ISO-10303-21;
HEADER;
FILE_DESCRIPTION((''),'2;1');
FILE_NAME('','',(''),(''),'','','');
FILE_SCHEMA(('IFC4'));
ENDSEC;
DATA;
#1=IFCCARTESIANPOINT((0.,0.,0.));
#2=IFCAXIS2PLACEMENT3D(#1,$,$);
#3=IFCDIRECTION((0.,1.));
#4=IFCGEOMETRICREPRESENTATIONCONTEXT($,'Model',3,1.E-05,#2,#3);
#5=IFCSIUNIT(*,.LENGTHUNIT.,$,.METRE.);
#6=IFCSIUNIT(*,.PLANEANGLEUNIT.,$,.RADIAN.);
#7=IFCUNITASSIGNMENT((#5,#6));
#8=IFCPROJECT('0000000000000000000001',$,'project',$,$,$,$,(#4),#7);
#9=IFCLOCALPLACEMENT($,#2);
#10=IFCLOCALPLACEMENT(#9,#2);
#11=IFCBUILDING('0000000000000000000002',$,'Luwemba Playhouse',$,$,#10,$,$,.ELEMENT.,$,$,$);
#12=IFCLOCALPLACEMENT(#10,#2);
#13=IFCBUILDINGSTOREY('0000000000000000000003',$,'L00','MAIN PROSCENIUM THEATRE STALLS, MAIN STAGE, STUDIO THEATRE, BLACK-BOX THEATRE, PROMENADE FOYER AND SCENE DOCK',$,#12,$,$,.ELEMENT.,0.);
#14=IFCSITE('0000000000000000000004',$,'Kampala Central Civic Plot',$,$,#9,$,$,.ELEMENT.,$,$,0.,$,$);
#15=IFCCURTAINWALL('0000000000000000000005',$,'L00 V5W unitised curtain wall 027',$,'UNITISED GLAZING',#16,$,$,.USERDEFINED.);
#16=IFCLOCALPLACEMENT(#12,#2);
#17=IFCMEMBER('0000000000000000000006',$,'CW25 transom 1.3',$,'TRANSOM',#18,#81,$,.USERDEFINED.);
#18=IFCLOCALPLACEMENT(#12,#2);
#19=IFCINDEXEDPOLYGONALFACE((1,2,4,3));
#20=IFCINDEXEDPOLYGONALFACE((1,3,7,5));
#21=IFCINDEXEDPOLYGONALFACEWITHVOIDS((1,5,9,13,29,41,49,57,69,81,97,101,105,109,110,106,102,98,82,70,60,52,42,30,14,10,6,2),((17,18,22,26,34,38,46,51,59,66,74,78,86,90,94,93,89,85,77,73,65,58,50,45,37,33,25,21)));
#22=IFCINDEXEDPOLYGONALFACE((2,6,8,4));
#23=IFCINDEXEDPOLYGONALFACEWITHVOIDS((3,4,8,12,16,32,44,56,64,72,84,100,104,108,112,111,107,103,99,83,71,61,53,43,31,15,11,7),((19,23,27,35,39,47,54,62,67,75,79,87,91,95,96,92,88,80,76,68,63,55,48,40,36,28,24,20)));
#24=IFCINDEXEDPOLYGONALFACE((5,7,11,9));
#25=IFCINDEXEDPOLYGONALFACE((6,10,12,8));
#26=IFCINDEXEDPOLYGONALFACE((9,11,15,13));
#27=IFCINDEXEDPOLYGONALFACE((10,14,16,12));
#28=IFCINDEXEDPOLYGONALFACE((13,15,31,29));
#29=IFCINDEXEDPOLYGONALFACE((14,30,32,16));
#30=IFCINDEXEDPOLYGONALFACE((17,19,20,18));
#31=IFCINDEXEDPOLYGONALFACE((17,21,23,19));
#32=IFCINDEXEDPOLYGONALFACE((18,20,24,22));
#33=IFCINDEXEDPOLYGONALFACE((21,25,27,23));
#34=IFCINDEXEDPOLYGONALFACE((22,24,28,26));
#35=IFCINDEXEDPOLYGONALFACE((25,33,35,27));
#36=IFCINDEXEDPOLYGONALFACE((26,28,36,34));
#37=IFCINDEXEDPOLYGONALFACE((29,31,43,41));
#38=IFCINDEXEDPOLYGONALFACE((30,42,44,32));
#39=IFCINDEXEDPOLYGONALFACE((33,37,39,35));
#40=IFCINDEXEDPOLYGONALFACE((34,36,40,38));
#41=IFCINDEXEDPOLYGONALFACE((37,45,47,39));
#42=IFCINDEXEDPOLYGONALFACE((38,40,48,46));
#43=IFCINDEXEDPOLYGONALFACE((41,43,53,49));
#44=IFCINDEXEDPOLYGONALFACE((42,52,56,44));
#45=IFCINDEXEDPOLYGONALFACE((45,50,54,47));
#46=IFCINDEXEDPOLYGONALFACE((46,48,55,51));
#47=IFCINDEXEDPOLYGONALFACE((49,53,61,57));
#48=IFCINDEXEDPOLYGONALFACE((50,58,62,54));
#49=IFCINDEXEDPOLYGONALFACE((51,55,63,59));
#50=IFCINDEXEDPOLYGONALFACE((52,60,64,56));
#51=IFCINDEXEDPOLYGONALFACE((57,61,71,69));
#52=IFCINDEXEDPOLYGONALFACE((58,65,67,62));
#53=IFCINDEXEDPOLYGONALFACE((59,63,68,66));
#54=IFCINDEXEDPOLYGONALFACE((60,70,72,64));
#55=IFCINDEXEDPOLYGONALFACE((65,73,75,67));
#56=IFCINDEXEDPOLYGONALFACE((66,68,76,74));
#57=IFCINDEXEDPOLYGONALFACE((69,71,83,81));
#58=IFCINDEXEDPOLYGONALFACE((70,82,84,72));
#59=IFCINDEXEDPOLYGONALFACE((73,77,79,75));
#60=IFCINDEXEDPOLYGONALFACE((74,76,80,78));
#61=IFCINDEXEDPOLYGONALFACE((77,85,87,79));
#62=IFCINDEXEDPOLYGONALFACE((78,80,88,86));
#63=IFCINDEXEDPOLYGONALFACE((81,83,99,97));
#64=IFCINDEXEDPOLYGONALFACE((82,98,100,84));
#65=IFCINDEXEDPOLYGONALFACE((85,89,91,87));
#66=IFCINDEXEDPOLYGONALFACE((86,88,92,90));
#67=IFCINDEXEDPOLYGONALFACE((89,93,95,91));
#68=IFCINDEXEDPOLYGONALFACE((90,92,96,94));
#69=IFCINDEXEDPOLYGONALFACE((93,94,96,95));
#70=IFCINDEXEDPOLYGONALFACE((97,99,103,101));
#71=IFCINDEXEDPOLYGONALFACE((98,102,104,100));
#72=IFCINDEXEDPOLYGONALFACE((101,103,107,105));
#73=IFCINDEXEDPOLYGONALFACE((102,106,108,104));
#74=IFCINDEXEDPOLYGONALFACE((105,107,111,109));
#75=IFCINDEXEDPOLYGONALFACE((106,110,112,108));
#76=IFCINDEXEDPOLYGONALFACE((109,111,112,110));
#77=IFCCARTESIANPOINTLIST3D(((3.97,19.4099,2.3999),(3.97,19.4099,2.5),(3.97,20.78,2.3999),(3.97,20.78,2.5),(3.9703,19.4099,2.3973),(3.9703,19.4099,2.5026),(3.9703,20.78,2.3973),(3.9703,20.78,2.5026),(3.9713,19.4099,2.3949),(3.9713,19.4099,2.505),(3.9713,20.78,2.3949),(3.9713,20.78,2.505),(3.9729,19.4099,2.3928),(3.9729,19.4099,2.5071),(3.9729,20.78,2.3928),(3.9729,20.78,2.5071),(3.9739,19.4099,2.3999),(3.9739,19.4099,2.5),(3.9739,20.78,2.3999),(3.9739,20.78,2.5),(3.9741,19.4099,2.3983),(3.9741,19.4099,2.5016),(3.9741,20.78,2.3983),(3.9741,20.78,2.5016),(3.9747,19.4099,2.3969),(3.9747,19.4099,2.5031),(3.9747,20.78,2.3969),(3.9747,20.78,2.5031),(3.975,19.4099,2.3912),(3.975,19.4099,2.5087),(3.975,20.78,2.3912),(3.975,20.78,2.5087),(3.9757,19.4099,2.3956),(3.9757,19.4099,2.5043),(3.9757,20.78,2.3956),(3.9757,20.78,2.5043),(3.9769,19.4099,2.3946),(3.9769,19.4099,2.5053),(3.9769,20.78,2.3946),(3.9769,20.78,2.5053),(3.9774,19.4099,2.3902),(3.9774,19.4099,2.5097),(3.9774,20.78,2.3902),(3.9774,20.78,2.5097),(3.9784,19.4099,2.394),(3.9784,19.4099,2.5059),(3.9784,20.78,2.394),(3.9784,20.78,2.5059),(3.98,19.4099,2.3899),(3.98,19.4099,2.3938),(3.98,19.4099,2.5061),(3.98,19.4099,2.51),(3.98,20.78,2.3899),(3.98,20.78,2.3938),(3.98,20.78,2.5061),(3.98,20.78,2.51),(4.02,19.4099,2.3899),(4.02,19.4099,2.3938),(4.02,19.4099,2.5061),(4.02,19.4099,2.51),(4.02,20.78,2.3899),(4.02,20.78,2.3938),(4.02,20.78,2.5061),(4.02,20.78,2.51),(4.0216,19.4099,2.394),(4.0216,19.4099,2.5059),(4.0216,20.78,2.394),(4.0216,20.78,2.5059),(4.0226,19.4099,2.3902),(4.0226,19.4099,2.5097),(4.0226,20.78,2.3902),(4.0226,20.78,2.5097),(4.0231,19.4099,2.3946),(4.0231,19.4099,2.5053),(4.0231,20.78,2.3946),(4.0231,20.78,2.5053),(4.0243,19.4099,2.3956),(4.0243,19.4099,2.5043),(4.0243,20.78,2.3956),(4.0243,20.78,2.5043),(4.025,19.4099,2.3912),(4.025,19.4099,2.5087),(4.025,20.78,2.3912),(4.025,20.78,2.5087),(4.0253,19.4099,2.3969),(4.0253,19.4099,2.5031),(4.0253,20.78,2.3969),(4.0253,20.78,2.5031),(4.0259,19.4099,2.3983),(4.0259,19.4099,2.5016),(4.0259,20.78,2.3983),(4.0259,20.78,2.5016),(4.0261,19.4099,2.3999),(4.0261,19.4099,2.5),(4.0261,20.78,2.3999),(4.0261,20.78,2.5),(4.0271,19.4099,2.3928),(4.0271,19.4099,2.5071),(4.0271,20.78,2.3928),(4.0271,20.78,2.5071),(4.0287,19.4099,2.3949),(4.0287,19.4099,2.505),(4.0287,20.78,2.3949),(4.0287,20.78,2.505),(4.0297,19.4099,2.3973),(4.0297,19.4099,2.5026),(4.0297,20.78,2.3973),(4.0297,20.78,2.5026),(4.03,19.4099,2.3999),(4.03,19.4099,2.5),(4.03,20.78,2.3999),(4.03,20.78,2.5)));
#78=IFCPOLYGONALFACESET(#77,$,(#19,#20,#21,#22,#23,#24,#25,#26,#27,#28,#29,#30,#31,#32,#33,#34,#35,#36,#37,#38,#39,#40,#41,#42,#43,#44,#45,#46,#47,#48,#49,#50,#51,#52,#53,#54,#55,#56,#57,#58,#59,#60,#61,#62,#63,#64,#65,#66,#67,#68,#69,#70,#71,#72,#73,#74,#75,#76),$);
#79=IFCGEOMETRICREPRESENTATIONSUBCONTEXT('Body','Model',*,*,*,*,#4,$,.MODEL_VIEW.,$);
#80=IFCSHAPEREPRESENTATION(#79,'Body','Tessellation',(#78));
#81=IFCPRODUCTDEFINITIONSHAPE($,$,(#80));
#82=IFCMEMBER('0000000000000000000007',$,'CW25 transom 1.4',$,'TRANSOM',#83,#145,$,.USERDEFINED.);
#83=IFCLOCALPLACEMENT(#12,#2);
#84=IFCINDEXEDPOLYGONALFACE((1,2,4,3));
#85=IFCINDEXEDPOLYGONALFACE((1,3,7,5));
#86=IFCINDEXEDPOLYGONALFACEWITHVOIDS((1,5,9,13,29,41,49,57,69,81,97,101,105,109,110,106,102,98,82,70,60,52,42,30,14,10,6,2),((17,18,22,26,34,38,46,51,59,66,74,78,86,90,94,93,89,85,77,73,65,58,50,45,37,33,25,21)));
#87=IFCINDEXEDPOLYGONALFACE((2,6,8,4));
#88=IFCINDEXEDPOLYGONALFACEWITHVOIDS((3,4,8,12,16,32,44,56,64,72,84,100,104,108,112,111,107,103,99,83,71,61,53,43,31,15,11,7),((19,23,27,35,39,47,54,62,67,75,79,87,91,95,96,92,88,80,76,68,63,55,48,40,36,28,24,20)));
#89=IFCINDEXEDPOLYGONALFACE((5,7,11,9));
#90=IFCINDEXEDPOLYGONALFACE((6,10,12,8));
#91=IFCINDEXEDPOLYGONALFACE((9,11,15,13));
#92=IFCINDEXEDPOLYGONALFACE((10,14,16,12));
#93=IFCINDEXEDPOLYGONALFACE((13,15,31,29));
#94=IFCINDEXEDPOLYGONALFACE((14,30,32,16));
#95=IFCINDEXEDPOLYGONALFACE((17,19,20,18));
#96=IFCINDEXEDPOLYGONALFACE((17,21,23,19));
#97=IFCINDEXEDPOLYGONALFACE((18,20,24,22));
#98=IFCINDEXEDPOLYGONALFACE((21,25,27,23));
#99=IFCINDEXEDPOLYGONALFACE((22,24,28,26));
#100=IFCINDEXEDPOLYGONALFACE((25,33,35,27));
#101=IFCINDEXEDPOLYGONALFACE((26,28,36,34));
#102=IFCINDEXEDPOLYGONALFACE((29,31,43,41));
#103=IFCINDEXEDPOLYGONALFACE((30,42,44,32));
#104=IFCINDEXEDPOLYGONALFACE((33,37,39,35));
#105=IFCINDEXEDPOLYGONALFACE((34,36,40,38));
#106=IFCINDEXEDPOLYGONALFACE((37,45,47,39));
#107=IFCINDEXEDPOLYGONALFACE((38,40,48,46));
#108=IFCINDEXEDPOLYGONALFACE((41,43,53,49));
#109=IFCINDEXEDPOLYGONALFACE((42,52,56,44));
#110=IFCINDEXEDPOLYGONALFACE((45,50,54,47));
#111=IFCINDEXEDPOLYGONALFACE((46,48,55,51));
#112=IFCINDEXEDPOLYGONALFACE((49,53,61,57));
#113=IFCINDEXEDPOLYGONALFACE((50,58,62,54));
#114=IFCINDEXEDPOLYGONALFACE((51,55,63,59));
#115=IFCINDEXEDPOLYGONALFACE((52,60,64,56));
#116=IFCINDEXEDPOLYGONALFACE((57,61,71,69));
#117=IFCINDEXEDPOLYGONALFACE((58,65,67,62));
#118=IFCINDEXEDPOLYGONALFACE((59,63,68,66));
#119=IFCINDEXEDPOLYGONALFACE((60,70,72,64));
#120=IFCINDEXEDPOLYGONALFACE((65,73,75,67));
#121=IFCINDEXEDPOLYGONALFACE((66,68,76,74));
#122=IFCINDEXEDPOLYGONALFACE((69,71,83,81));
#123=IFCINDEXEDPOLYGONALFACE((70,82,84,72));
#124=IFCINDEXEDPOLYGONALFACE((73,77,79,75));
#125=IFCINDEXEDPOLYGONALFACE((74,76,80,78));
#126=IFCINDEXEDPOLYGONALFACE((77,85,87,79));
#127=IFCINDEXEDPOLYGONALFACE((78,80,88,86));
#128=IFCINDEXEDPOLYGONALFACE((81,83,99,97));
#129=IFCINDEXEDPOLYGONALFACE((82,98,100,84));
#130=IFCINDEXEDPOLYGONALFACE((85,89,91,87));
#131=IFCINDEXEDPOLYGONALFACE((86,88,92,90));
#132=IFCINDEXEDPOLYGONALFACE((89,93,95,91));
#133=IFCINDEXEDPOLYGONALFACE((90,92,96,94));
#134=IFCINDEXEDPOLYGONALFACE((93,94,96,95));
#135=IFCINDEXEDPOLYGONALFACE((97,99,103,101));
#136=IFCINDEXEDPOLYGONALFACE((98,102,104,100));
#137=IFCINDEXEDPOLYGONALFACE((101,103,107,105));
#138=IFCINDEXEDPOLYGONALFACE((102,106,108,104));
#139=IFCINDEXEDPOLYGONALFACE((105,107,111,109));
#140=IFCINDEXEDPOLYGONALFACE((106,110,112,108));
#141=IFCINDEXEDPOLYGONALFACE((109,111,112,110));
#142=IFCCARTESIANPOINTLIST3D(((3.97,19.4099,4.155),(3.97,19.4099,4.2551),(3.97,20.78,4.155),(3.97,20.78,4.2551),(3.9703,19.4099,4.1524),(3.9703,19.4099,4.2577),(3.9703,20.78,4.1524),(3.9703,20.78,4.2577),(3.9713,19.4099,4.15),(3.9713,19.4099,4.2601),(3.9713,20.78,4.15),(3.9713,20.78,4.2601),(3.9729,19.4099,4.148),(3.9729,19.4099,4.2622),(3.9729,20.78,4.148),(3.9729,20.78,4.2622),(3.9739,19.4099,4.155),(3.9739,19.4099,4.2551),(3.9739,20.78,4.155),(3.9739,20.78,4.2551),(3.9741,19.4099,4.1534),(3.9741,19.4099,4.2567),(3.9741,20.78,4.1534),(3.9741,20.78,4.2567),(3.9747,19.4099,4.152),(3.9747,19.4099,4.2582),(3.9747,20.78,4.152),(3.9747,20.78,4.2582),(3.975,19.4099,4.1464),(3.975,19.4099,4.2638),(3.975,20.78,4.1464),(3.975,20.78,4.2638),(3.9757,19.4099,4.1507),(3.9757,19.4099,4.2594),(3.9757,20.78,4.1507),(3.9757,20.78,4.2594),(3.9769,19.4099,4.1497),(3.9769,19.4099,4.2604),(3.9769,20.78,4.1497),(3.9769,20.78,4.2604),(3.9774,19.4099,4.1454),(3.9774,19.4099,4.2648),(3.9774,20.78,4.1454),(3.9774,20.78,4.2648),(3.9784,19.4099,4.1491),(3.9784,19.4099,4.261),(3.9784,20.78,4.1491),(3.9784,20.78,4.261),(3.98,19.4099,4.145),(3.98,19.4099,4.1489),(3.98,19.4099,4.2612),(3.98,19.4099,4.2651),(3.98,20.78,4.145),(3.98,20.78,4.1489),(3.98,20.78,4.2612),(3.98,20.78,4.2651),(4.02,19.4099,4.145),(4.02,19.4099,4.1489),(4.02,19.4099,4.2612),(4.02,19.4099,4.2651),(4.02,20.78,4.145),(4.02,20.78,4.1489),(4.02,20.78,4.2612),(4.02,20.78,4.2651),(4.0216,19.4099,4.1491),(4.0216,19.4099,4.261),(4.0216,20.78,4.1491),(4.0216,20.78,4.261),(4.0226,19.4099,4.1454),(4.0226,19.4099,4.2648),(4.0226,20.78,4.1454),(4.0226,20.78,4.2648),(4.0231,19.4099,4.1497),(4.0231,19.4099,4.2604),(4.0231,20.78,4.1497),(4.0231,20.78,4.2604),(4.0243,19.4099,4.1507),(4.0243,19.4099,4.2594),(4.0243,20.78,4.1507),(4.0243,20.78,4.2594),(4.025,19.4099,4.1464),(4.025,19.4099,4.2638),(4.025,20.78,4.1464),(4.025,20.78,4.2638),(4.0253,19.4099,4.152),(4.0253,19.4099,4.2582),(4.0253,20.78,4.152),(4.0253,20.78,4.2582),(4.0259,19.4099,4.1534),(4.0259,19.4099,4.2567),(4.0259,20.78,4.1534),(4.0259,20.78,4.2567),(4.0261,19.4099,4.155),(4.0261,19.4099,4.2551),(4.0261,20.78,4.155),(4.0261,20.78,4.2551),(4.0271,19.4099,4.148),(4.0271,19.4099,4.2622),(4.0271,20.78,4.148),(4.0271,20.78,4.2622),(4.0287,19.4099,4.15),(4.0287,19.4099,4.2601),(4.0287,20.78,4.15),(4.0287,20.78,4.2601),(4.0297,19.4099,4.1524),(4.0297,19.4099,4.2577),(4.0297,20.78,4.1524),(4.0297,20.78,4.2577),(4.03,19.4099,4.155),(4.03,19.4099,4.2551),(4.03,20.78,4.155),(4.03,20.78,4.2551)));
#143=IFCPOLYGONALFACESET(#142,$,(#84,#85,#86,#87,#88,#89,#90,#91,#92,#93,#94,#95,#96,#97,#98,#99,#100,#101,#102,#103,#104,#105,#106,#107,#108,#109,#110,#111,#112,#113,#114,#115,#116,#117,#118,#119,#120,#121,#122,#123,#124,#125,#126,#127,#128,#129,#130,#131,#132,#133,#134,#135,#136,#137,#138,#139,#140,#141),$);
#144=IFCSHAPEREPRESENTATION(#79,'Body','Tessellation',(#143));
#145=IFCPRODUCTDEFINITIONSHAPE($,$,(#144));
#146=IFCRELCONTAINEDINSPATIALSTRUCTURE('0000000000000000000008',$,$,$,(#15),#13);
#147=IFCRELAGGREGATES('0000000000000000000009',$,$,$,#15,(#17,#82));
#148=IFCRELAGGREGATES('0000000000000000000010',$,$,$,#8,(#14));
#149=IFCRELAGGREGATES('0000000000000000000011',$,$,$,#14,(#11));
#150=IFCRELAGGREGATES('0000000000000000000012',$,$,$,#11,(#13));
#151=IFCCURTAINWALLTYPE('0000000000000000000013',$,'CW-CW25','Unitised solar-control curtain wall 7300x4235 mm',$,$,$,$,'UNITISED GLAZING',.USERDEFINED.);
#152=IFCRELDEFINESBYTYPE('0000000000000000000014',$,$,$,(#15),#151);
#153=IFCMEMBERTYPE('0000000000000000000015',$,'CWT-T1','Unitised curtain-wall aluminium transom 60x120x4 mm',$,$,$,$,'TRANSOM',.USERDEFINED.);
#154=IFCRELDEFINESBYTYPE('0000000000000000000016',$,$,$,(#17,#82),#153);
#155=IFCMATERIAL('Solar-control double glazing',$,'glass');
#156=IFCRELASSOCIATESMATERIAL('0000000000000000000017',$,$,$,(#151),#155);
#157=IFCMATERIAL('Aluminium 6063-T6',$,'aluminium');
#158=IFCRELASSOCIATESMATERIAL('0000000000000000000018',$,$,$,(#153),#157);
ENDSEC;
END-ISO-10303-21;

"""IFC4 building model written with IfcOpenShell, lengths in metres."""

from ifc_helpers import new_model, si_unit, direction, frame, origin, origin_2d, place, context, subcontext, project, spatial, hollow_rectangle, extrude, material, material_profile, profile_set, type_object, element, aggregate, save


model = new_model("IFC4")

# Units and contexts
model_context = context("Model", 3, precision=1e-05, world=origin(), true_north=direction((0.0, 1.0)))
body_context = subcontext(model_context, "Body", "Model", "MODEL_VIEW")
ifc_project = project(units=[si_unit("LENGTHUNIT", "METRE"), si_unit("PLANEANGLEUNIT", "RADIAN")], contexts=[model_context])

# Site, building, storey
site_placement = place(None, origin())
site = spatial("IfcSite", under=ifc_project, at=site_placement, Name="Kampala Central Civic Plot", CompositionType="ELEMENT", RefElevation=0.0)
building_placement = place(site_placement, origin())
building = spatial("IfcBuilding", under=site, at=building_placement, Name="Luwemba Playhouse", CompositionType="ELEMENT")
storey_placement = place(building_placement, origin())
storey = spatial("IfcBuildingStorey", under=building, at=storey_placement, Name="L00", Description="MAIN PROSCENIUM THEATRE STALLS, MAIN STAGE, STUDIO THEATRE, BLACK-BOX THEATRE, PROMENADE FOYER AND SCENE DOCK", CompositionType="ELEMENT", Elevation=0.0)

# Curtain wall, members
ifc_material_1 = material(Name="Solar-control double glazing", Category="glass")
curtain_wall_type = type_object("IfcCurtainWallType", Name="CW-CW25", Description="Unitised solar-control curtain wall 7300x4235 mm", ElementType="UNITISED GLAZING", PredefinedType="USERDEFINED", material=ifc_material_1)
curtain_wall_placement = place(storey_placement, origin())
curtain_wall = element("IfcCurtainWall", 1, at=curtain_wall_placement, inside=storey, type_object=curtain_wall_type, Name="L00 V5W unitised curtain wall 027", ObjectType="UNITISED GLAZING", PredefinedType="USERDEFINED")
ifc_material_2 = material(Name="Aluminium 6063-T6", Category="aluminium")
ifc_material_profile_1 = material_profile(ifc_material_2, hollow_rectangle(XDim=0.0601, YDim=0.1201, WallThickness=0.0039, InnerFilletRadius=0.0061, OuterFilletRadius=0.01, at=origin_2d()))
ifc_profile_set_1 = profile_set([ifc_material_profile_1], Name="Aluminium 6063-T6")
member_type_1 = type_object("IfcMemberType", Name="CWT-T1", Description="Unitised curtain-wall aluminium transom 60x120x4 mm", ElementType="TRANSOM", PredefinedType="USERDEFINED", material=ifc_profile_set_1)
member_1_placement = place(storey_placement, frame((4.0, 19.4099, 2.45), z_axis=(0.0, 1.0, 0.0), x_axis=(-1.0, 0.0, 0.0)))
member_1 = element("IfcMember", 2, at=member_1_placement, type_object=member_type_1, Name="CW25 transom 1.3", ObjectType="TRANSOM", PredefinedType="USERDEFINED", context=body_context, shape_type="SweptSolid", body=[
    extrude(hollow_rectangle(XDim=0.0601, YDim=0.1201, WallThickness=0.0039, InnerFilletRadius=0.0061, OuterFilletRadius=0.01, at=origin_2d()), origin(), (0.0, 0.0, 1.0), 1.3701),
])
member_2_placement = place(storey_placement, frame((4.0, 19.4099, 4.2051), z_axis=(0.0, 1.0, 0.0), x_axis=(-1.0, 0.0, 0.0)))
member_2 = element("IfcMember", 3, at=member_2_placement, type_object=member_type_1, Name="CW25 transom 1.4", ObjectType="TRANSOM", PredefinedType="USERDEFINED", context=body_context, shape_type="SweptSolid", body=[
    extrude(hollow_rectangle(XDim=0.0601, YDim=0.1201, WallThickness=0.0039, InnerFilletRadius=0.0061, OuterFilletRadius=0.01, at=origin_2d()), origin(), (0.0, 0.0, 1.0), 1.3701),
])
aggregate(curtain_wall, [member_1, member_2])

save(model, "model.ifc")
